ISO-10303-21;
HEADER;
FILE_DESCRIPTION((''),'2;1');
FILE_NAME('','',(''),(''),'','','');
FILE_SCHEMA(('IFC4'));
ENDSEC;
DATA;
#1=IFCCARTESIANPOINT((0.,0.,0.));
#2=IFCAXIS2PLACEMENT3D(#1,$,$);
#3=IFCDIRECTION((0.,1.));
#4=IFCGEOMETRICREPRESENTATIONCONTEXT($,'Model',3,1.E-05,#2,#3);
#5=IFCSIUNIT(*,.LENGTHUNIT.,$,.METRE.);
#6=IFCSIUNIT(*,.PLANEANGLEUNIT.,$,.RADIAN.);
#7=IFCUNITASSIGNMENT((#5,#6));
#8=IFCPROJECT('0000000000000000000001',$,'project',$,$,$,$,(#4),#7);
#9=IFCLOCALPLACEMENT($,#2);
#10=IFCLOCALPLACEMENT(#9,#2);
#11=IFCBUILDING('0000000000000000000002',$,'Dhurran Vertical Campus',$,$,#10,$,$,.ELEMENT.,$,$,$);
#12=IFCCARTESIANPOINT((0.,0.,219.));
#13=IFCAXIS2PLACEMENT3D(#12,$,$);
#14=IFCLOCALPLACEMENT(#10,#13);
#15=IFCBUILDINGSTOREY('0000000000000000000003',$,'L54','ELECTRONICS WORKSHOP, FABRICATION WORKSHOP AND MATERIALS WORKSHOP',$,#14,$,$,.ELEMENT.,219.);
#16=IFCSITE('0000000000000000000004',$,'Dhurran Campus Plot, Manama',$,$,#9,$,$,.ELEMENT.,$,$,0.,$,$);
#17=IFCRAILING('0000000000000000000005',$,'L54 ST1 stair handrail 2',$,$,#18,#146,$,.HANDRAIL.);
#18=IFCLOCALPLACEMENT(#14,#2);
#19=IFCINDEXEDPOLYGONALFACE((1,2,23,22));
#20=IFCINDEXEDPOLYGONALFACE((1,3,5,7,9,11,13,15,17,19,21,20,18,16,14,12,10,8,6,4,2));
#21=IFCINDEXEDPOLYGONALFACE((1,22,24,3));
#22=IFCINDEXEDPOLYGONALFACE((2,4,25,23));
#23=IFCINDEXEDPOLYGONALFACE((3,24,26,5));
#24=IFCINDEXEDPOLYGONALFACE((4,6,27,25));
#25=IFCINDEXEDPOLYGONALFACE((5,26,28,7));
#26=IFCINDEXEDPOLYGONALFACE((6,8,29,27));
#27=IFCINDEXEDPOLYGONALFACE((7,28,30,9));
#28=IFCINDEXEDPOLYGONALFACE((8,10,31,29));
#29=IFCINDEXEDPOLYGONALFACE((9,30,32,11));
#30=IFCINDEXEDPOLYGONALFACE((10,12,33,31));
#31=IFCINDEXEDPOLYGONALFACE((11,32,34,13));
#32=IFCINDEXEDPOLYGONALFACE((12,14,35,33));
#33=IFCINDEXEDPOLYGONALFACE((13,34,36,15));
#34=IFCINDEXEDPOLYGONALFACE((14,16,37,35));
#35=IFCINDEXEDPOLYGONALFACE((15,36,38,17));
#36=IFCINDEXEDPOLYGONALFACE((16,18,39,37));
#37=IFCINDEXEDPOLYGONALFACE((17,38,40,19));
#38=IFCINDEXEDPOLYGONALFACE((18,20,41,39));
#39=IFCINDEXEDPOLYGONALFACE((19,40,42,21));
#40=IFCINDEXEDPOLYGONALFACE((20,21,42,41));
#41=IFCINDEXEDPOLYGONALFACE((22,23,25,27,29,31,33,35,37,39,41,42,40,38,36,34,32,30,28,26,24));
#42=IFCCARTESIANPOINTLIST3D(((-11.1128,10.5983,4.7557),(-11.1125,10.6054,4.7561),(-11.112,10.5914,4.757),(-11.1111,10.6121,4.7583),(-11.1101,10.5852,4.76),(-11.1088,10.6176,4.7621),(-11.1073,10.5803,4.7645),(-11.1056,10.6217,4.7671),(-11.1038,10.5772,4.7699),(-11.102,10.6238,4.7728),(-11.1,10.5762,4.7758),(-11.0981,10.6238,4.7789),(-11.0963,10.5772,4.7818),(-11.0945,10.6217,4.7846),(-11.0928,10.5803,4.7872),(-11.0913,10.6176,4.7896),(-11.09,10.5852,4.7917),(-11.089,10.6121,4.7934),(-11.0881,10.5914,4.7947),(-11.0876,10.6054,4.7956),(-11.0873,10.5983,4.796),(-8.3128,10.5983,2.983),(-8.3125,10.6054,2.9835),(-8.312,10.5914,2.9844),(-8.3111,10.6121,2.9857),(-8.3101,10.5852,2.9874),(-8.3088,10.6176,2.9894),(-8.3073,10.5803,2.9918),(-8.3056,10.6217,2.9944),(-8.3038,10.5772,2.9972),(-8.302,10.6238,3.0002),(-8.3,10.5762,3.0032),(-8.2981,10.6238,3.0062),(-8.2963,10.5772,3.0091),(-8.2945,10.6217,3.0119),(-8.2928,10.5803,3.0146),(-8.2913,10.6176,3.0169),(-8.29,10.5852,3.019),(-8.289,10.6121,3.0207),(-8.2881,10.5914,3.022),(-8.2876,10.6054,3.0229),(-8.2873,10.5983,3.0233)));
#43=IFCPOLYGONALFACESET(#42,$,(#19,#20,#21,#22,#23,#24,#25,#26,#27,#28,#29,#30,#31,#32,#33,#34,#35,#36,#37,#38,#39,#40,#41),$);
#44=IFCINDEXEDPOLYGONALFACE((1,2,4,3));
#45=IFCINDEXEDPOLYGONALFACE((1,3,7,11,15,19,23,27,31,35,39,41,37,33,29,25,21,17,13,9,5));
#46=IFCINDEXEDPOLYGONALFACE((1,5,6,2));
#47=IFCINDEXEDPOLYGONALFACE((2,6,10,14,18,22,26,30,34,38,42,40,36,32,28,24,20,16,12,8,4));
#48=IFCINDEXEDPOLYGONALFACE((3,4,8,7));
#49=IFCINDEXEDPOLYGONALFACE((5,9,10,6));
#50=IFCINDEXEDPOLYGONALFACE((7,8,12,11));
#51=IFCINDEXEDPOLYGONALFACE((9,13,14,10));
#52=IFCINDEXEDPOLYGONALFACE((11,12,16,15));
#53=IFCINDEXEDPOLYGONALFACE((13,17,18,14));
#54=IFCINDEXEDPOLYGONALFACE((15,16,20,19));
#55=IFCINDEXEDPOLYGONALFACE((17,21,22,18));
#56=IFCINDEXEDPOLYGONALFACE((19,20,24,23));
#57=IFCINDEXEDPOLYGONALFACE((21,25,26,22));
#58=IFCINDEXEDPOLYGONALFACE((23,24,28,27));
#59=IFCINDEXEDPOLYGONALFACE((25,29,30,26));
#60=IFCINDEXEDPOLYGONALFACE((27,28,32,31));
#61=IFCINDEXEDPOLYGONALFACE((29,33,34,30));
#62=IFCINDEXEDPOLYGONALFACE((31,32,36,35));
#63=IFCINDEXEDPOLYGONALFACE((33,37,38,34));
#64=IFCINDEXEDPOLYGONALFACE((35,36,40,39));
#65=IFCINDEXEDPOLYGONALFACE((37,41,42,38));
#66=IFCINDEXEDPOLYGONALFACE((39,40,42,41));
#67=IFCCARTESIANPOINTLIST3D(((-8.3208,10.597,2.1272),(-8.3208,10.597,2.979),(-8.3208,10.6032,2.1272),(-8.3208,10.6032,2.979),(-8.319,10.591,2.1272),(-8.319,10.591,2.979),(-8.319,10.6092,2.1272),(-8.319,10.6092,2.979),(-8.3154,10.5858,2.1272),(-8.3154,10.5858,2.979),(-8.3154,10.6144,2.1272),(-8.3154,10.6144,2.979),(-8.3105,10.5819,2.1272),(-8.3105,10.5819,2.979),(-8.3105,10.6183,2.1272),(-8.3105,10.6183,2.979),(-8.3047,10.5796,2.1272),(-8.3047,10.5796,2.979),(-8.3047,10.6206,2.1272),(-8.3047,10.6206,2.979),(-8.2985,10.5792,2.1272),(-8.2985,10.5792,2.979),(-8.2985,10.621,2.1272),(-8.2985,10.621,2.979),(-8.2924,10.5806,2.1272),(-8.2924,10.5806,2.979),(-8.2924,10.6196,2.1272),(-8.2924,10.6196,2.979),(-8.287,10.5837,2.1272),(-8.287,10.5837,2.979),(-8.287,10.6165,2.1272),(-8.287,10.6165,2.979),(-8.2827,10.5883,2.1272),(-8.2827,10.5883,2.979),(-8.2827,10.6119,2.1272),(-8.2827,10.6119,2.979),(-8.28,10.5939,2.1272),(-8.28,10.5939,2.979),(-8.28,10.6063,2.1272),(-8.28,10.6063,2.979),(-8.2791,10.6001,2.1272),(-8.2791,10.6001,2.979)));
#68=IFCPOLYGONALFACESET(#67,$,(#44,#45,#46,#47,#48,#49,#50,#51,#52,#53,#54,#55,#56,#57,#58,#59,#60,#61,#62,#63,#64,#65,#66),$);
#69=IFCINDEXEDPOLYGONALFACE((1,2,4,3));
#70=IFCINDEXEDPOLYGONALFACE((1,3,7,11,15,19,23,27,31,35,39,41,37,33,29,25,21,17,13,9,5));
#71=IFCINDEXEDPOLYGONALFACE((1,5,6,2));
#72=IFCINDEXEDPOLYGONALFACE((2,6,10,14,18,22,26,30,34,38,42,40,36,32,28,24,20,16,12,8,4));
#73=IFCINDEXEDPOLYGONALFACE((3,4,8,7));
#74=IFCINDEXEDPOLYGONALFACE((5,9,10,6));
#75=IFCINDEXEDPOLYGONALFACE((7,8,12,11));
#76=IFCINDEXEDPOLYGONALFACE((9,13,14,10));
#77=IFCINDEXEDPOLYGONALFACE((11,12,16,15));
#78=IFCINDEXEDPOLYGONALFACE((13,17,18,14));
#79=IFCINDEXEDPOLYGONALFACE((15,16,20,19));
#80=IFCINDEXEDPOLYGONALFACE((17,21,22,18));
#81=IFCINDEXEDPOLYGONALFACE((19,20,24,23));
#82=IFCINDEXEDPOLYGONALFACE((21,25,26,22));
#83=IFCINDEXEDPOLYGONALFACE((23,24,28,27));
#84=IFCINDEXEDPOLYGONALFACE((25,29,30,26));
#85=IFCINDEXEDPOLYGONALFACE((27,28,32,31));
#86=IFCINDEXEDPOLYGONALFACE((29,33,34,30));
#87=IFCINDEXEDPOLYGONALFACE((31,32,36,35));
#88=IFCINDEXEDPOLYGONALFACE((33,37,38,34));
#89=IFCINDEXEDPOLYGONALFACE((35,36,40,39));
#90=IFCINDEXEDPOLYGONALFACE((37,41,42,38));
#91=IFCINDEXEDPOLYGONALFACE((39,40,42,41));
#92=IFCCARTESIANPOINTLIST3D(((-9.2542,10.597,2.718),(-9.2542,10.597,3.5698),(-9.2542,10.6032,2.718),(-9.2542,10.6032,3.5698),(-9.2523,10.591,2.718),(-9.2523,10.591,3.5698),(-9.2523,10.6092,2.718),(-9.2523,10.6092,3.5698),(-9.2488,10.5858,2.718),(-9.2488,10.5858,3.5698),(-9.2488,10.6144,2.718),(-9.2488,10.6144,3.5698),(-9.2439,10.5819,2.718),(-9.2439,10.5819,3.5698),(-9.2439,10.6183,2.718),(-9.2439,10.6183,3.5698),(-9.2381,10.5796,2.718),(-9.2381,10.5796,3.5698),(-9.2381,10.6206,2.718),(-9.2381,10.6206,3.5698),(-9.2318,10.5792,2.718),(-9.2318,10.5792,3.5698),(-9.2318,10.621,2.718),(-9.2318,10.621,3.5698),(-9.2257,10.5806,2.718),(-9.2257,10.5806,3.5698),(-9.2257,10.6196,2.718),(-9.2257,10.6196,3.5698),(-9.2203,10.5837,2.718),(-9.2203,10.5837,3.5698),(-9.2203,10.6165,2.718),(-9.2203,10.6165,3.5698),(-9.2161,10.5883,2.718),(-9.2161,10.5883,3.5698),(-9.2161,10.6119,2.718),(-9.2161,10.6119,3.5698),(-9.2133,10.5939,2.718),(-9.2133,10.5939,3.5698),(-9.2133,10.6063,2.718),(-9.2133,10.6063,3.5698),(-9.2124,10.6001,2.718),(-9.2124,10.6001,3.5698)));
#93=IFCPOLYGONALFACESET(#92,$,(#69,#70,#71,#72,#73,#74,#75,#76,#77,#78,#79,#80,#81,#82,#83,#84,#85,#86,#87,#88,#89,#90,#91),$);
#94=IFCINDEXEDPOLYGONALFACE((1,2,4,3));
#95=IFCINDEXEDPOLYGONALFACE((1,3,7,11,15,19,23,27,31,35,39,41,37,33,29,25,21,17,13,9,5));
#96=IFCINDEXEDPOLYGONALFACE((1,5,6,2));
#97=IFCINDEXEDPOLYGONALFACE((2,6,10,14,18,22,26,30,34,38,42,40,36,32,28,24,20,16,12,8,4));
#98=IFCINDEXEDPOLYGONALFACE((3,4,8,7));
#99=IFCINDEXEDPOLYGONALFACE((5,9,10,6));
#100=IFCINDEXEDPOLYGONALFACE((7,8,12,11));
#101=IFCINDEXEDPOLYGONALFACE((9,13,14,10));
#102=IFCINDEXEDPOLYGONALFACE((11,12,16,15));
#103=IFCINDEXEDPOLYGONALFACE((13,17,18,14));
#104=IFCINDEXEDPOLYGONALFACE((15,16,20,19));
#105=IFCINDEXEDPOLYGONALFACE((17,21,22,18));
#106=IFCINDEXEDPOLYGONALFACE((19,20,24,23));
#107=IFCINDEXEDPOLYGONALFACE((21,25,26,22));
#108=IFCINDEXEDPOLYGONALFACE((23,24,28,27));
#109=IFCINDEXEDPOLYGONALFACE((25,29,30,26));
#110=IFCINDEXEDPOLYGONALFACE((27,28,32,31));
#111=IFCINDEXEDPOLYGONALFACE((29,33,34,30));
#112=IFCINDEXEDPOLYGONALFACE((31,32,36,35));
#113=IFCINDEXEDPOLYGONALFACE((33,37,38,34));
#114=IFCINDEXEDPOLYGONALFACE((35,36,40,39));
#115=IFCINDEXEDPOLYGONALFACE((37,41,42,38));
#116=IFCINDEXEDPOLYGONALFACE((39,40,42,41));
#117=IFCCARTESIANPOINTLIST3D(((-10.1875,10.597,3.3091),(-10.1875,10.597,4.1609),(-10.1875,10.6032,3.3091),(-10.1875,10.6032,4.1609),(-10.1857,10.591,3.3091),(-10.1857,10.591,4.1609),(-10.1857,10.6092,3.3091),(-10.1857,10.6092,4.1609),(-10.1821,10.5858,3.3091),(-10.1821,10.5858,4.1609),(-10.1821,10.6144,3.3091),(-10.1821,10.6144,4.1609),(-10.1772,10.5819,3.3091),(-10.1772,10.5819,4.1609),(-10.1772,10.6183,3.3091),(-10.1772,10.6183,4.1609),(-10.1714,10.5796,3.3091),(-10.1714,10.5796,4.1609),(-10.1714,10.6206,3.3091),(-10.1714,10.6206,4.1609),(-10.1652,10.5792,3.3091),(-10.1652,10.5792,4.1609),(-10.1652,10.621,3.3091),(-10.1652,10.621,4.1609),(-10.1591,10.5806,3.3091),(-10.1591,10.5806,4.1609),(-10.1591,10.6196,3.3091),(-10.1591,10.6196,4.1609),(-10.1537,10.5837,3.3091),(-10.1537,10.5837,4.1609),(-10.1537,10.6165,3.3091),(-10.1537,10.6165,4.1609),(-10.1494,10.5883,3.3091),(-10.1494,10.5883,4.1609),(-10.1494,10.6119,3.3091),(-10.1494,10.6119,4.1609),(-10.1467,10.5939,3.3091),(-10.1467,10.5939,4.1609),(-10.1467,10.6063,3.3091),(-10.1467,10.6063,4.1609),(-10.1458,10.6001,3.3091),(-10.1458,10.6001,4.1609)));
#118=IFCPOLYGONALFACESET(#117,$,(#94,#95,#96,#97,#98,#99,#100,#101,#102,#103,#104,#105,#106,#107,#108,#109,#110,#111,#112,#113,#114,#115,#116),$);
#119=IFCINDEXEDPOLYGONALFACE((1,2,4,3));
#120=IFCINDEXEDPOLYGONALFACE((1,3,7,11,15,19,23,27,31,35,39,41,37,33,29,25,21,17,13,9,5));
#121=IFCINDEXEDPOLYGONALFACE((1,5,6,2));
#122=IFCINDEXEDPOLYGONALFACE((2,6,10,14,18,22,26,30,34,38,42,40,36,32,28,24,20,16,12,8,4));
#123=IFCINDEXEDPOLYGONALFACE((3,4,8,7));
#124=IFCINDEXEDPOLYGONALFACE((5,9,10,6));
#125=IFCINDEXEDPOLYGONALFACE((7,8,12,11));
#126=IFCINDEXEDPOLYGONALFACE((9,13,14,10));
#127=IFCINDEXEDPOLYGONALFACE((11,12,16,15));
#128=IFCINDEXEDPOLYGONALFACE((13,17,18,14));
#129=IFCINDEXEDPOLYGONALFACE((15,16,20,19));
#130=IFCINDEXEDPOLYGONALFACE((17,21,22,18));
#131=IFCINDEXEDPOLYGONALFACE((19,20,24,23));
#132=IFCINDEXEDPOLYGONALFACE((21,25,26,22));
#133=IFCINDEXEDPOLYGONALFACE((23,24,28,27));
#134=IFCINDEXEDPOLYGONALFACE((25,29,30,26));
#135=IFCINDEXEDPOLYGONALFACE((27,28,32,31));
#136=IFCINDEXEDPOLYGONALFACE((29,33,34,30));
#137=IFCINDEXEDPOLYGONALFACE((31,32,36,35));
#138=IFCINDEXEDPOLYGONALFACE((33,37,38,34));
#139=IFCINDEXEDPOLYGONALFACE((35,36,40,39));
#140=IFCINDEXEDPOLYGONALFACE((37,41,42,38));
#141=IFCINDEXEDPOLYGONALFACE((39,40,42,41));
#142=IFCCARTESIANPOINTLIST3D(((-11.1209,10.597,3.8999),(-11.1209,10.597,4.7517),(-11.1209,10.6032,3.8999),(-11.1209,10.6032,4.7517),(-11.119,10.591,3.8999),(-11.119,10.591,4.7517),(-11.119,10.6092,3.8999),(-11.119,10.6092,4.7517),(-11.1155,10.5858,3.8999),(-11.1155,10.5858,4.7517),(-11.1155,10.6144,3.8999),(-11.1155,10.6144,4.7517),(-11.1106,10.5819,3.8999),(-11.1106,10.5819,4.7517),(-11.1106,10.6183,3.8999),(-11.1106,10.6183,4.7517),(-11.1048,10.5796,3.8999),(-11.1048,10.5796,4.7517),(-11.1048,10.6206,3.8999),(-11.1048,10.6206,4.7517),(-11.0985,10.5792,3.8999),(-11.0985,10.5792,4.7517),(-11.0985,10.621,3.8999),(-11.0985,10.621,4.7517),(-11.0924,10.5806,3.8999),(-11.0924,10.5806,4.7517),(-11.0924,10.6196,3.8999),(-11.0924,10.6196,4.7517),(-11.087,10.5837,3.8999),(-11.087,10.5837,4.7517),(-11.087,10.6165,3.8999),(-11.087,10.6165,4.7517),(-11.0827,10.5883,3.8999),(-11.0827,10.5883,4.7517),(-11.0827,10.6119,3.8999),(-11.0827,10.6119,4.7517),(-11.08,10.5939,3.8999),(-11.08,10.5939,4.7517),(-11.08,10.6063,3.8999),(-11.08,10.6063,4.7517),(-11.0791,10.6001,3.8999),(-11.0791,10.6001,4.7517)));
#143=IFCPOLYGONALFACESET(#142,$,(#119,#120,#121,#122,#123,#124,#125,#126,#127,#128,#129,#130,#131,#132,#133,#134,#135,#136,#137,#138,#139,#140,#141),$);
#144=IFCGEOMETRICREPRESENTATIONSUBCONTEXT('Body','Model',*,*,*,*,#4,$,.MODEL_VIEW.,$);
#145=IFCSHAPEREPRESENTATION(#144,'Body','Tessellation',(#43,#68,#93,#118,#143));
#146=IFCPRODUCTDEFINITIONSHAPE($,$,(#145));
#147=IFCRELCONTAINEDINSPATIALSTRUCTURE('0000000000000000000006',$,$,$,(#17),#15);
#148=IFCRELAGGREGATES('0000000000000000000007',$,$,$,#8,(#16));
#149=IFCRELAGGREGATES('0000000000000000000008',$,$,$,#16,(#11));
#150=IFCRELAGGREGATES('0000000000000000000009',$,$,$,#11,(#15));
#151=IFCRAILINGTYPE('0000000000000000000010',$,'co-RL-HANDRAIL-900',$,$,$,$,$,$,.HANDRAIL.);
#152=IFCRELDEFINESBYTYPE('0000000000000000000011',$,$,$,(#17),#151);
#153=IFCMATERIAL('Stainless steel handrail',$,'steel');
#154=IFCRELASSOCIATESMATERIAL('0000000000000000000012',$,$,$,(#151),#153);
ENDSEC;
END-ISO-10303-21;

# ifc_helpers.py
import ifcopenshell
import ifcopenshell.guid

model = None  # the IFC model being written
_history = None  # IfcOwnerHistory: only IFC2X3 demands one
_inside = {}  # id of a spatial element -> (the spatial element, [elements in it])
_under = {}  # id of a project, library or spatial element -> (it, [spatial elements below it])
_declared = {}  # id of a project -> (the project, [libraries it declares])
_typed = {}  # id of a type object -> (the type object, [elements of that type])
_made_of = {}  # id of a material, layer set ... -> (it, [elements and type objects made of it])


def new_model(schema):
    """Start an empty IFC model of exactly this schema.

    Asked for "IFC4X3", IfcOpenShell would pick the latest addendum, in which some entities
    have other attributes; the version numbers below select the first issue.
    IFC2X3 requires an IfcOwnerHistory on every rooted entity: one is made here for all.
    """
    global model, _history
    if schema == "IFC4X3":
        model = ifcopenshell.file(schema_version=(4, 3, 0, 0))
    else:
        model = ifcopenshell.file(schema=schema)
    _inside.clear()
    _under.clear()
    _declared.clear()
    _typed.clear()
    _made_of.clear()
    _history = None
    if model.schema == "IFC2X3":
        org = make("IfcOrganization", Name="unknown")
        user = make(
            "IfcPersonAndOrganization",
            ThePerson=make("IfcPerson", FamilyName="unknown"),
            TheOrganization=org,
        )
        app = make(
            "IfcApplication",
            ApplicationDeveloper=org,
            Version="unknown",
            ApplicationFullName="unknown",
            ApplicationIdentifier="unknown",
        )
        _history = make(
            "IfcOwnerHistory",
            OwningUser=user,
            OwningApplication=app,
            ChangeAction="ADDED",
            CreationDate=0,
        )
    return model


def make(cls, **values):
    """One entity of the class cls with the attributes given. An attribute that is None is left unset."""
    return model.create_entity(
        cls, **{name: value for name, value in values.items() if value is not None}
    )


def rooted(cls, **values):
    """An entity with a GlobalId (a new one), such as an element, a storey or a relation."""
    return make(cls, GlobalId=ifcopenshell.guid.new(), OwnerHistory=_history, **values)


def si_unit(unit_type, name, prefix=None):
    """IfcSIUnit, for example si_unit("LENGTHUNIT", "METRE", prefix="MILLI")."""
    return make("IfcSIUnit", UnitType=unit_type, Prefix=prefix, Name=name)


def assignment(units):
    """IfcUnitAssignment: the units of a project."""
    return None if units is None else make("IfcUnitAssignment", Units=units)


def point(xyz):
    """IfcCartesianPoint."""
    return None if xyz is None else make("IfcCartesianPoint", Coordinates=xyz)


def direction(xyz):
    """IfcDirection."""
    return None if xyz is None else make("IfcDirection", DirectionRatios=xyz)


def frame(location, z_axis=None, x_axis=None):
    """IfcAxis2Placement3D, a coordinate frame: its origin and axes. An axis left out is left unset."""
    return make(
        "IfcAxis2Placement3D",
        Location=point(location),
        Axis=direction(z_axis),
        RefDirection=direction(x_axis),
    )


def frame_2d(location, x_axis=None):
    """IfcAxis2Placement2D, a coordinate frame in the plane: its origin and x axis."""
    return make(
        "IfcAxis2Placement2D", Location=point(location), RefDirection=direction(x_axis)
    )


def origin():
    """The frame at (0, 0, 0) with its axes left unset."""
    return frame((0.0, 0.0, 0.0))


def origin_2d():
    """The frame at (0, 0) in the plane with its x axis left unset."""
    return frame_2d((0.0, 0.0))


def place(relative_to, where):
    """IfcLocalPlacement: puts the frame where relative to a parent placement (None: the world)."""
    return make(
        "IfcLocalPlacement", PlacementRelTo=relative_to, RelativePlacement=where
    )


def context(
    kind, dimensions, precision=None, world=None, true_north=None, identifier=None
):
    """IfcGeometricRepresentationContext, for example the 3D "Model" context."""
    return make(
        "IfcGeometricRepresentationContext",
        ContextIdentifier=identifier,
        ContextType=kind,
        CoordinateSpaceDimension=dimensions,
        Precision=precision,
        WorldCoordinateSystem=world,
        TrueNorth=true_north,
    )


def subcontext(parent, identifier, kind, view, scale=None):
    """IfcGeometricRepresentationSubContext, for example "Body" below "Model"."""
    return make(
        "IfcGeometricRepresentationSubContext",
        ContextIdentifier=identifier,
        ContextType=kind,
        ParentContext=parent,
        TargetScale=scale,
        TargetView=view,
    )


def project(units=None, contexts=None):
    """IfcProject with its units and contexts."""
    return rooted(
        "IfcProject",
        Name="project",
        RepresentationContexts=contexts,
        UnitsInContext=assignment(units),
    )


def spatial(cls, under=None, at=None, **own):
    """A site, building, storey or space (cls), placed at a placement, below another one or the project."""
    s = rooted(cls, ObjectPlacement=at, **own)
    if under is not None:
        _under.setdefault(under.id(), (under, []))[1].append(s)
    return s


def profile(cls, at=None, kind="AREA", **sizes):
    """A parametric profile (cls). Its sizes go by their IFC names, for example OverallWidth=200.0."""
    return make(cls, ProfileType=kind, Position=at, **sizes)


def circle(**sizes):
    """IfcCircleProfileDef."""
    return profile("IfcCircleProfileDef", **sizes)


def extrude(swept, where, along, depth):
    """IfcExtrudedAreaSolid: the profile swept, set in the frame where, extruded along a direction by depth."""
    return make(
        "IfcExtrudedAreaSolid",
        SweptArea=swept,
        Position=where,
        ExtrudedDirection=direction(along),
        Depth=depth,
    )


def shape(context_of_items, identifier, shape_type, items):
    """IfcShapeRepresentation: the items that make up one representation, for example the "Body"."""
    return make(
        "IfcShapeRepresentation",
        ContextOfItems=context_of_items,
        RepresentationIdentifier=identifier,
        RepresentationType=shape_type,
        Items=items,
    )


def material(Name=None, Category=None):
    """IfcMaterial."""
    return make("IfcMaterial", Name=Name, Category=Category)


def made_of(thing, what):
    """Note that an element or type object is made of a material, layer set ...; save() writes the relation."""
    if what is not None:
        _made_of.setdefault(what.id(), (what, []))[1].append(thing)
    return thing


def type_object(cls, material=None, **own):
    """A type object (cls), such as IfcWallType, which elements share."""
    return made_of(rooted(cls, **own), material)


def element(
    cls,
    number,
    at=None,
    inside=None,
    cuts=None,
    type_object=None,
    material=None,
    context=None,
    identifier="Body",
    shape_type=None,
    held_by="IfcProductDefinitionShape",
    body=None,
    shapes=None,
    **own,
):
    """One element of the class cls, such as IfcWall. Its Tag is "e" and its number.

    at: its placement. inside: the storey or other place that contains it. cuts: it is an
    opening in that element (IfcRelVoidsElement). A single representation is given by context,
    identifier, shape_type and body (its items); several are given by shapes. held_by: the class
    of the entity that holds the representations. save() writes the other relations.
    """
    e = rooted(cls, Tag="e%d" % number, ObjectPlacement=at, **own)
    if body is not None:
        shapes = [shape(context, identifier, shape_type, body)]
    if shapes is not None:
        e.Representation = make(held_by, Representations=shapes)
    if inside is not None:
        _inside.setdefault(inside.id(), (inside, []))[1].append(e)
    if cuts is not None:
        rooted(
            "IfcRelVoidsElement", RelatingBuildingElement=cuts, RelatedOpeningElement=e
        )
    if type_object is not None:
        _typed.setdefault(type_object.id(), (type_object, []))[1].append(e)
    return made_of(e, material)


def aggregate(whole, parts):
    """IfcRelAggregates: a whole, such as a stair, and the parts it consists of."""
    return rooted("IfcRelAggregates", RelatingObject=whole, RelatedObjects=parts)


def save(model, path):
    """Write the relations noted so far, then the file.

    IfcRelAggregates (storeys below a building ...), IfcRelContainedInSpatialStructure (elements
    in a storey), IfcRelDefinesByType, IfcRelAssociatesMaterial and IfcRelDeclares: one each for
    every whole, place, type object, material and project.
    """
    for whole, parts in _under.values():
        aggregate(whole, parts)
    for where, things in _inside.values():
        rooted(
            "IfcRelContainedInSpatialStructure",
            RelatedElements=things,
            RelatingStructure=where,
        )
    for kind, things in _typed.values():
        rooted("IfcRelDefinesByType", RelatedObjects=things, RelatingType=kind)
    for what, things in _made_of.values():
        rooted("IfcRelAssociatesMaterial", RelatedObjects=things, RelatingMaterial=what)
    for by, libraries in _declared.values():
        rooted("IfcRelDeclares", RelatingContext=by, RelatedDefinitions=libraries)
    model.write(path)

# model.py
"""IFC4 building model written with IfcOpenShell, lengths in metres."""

from ifc_helpers import new_model, si_unit, direction, frame, origin, origin_2d, place, context, subcontext, project, spatial, circle, extrude, material, type_object, element, save


model = new_model("IFC4")

# Units and contexts
model_context = context("Model", 3, precision=1e-05, world=origin(), true_north=direction((0.0, 1.0)))
body_context = subcontext(model_context, "Body", "Model", "MODEL_VIEW")
ifc_project = project(units=[si_unit("LENGTHUNIT", "METRE"), si_unit("PLANEANGLEUNIT", "RADIAN")], contexts=[model_context])

# Site, building, storey
site_placement = place(None, origin())
site = spatial("IfcSite", under=ifc_project, at=site_placement, Name="Dhurran Campus Plot, Manama", CompositionType="ELEMENT", RefElevation=0.0)
building_placement = place(site_placement, origin())
building = spatial("IfcBuilding", under=site, at=building_placement, Name="Dhurran Vertical Campus", CompositionType="ELEMENT")
storey_placement = place(building_placement, frame((0.0, 0.0, 219.0)))
storey = spatial("IfcBuildingStorey", under=building, at=storey_placement, Name="L54", Description="ELECTRONICS WORKSHOP, FABRICATION WORKSHOP AND MATERIALS WORKSHOP", CompositionType="ELEMENT", Elevation=219.0)

# Railing
ifc_material_1 = material(Name="Stainless steel handrail", Category="steel")
railing_type_1 = type_object("IfcRailingType", Name="co-RL-HANDRAIL-900", PredefinedType="HANDRAIL", material=ifc_material_1)
railing_1_placement = place(storey_placement, frame((-8.3, 10.6001, 2.1272)))
element("IfcRailing", 1, at=railing_1_placement, inside=storey, type_object=railing_type_1, Name="L54 ST1 stair handrail 2", PredefinedType="HANDRAIL", context=body_context, shape_type="SweptSolid", body=[
    extrude(circle(Radius=0.0239, at=origin_2d()), frame((0.0, 0.0, 0.876), z_axis=(-0.844909, 0.0, 0.53491), x_axis=(0.0, -1.0, 0.0)), (0.0, 0.0, 1.0), 3.314),
    extrude(circle(Radius=0.021, at=origin_2d()), origin(), (0.0, 0.0, 1.0), 0.8518),
    extrude(circle(Radius=0.021, at=origin_2d()), frame((-0.9333, 0.0, 0.5908)), (0.0, 0.0, 1.0), 0.8518),
    extrude(circle(Radius=0.021, at=origin_2d()), frame((-1.8667, 0.0, 1.1819)), (0.0, 0.0, 1.0), 0.8518),
    extrude(circle(Radius=0.021, at=origin_2d()), frame((-2.8, 0.0, 1.7727)), (0.0, 0.0, 1.0), 0.8518),
])

save(model, "model.ifc")
